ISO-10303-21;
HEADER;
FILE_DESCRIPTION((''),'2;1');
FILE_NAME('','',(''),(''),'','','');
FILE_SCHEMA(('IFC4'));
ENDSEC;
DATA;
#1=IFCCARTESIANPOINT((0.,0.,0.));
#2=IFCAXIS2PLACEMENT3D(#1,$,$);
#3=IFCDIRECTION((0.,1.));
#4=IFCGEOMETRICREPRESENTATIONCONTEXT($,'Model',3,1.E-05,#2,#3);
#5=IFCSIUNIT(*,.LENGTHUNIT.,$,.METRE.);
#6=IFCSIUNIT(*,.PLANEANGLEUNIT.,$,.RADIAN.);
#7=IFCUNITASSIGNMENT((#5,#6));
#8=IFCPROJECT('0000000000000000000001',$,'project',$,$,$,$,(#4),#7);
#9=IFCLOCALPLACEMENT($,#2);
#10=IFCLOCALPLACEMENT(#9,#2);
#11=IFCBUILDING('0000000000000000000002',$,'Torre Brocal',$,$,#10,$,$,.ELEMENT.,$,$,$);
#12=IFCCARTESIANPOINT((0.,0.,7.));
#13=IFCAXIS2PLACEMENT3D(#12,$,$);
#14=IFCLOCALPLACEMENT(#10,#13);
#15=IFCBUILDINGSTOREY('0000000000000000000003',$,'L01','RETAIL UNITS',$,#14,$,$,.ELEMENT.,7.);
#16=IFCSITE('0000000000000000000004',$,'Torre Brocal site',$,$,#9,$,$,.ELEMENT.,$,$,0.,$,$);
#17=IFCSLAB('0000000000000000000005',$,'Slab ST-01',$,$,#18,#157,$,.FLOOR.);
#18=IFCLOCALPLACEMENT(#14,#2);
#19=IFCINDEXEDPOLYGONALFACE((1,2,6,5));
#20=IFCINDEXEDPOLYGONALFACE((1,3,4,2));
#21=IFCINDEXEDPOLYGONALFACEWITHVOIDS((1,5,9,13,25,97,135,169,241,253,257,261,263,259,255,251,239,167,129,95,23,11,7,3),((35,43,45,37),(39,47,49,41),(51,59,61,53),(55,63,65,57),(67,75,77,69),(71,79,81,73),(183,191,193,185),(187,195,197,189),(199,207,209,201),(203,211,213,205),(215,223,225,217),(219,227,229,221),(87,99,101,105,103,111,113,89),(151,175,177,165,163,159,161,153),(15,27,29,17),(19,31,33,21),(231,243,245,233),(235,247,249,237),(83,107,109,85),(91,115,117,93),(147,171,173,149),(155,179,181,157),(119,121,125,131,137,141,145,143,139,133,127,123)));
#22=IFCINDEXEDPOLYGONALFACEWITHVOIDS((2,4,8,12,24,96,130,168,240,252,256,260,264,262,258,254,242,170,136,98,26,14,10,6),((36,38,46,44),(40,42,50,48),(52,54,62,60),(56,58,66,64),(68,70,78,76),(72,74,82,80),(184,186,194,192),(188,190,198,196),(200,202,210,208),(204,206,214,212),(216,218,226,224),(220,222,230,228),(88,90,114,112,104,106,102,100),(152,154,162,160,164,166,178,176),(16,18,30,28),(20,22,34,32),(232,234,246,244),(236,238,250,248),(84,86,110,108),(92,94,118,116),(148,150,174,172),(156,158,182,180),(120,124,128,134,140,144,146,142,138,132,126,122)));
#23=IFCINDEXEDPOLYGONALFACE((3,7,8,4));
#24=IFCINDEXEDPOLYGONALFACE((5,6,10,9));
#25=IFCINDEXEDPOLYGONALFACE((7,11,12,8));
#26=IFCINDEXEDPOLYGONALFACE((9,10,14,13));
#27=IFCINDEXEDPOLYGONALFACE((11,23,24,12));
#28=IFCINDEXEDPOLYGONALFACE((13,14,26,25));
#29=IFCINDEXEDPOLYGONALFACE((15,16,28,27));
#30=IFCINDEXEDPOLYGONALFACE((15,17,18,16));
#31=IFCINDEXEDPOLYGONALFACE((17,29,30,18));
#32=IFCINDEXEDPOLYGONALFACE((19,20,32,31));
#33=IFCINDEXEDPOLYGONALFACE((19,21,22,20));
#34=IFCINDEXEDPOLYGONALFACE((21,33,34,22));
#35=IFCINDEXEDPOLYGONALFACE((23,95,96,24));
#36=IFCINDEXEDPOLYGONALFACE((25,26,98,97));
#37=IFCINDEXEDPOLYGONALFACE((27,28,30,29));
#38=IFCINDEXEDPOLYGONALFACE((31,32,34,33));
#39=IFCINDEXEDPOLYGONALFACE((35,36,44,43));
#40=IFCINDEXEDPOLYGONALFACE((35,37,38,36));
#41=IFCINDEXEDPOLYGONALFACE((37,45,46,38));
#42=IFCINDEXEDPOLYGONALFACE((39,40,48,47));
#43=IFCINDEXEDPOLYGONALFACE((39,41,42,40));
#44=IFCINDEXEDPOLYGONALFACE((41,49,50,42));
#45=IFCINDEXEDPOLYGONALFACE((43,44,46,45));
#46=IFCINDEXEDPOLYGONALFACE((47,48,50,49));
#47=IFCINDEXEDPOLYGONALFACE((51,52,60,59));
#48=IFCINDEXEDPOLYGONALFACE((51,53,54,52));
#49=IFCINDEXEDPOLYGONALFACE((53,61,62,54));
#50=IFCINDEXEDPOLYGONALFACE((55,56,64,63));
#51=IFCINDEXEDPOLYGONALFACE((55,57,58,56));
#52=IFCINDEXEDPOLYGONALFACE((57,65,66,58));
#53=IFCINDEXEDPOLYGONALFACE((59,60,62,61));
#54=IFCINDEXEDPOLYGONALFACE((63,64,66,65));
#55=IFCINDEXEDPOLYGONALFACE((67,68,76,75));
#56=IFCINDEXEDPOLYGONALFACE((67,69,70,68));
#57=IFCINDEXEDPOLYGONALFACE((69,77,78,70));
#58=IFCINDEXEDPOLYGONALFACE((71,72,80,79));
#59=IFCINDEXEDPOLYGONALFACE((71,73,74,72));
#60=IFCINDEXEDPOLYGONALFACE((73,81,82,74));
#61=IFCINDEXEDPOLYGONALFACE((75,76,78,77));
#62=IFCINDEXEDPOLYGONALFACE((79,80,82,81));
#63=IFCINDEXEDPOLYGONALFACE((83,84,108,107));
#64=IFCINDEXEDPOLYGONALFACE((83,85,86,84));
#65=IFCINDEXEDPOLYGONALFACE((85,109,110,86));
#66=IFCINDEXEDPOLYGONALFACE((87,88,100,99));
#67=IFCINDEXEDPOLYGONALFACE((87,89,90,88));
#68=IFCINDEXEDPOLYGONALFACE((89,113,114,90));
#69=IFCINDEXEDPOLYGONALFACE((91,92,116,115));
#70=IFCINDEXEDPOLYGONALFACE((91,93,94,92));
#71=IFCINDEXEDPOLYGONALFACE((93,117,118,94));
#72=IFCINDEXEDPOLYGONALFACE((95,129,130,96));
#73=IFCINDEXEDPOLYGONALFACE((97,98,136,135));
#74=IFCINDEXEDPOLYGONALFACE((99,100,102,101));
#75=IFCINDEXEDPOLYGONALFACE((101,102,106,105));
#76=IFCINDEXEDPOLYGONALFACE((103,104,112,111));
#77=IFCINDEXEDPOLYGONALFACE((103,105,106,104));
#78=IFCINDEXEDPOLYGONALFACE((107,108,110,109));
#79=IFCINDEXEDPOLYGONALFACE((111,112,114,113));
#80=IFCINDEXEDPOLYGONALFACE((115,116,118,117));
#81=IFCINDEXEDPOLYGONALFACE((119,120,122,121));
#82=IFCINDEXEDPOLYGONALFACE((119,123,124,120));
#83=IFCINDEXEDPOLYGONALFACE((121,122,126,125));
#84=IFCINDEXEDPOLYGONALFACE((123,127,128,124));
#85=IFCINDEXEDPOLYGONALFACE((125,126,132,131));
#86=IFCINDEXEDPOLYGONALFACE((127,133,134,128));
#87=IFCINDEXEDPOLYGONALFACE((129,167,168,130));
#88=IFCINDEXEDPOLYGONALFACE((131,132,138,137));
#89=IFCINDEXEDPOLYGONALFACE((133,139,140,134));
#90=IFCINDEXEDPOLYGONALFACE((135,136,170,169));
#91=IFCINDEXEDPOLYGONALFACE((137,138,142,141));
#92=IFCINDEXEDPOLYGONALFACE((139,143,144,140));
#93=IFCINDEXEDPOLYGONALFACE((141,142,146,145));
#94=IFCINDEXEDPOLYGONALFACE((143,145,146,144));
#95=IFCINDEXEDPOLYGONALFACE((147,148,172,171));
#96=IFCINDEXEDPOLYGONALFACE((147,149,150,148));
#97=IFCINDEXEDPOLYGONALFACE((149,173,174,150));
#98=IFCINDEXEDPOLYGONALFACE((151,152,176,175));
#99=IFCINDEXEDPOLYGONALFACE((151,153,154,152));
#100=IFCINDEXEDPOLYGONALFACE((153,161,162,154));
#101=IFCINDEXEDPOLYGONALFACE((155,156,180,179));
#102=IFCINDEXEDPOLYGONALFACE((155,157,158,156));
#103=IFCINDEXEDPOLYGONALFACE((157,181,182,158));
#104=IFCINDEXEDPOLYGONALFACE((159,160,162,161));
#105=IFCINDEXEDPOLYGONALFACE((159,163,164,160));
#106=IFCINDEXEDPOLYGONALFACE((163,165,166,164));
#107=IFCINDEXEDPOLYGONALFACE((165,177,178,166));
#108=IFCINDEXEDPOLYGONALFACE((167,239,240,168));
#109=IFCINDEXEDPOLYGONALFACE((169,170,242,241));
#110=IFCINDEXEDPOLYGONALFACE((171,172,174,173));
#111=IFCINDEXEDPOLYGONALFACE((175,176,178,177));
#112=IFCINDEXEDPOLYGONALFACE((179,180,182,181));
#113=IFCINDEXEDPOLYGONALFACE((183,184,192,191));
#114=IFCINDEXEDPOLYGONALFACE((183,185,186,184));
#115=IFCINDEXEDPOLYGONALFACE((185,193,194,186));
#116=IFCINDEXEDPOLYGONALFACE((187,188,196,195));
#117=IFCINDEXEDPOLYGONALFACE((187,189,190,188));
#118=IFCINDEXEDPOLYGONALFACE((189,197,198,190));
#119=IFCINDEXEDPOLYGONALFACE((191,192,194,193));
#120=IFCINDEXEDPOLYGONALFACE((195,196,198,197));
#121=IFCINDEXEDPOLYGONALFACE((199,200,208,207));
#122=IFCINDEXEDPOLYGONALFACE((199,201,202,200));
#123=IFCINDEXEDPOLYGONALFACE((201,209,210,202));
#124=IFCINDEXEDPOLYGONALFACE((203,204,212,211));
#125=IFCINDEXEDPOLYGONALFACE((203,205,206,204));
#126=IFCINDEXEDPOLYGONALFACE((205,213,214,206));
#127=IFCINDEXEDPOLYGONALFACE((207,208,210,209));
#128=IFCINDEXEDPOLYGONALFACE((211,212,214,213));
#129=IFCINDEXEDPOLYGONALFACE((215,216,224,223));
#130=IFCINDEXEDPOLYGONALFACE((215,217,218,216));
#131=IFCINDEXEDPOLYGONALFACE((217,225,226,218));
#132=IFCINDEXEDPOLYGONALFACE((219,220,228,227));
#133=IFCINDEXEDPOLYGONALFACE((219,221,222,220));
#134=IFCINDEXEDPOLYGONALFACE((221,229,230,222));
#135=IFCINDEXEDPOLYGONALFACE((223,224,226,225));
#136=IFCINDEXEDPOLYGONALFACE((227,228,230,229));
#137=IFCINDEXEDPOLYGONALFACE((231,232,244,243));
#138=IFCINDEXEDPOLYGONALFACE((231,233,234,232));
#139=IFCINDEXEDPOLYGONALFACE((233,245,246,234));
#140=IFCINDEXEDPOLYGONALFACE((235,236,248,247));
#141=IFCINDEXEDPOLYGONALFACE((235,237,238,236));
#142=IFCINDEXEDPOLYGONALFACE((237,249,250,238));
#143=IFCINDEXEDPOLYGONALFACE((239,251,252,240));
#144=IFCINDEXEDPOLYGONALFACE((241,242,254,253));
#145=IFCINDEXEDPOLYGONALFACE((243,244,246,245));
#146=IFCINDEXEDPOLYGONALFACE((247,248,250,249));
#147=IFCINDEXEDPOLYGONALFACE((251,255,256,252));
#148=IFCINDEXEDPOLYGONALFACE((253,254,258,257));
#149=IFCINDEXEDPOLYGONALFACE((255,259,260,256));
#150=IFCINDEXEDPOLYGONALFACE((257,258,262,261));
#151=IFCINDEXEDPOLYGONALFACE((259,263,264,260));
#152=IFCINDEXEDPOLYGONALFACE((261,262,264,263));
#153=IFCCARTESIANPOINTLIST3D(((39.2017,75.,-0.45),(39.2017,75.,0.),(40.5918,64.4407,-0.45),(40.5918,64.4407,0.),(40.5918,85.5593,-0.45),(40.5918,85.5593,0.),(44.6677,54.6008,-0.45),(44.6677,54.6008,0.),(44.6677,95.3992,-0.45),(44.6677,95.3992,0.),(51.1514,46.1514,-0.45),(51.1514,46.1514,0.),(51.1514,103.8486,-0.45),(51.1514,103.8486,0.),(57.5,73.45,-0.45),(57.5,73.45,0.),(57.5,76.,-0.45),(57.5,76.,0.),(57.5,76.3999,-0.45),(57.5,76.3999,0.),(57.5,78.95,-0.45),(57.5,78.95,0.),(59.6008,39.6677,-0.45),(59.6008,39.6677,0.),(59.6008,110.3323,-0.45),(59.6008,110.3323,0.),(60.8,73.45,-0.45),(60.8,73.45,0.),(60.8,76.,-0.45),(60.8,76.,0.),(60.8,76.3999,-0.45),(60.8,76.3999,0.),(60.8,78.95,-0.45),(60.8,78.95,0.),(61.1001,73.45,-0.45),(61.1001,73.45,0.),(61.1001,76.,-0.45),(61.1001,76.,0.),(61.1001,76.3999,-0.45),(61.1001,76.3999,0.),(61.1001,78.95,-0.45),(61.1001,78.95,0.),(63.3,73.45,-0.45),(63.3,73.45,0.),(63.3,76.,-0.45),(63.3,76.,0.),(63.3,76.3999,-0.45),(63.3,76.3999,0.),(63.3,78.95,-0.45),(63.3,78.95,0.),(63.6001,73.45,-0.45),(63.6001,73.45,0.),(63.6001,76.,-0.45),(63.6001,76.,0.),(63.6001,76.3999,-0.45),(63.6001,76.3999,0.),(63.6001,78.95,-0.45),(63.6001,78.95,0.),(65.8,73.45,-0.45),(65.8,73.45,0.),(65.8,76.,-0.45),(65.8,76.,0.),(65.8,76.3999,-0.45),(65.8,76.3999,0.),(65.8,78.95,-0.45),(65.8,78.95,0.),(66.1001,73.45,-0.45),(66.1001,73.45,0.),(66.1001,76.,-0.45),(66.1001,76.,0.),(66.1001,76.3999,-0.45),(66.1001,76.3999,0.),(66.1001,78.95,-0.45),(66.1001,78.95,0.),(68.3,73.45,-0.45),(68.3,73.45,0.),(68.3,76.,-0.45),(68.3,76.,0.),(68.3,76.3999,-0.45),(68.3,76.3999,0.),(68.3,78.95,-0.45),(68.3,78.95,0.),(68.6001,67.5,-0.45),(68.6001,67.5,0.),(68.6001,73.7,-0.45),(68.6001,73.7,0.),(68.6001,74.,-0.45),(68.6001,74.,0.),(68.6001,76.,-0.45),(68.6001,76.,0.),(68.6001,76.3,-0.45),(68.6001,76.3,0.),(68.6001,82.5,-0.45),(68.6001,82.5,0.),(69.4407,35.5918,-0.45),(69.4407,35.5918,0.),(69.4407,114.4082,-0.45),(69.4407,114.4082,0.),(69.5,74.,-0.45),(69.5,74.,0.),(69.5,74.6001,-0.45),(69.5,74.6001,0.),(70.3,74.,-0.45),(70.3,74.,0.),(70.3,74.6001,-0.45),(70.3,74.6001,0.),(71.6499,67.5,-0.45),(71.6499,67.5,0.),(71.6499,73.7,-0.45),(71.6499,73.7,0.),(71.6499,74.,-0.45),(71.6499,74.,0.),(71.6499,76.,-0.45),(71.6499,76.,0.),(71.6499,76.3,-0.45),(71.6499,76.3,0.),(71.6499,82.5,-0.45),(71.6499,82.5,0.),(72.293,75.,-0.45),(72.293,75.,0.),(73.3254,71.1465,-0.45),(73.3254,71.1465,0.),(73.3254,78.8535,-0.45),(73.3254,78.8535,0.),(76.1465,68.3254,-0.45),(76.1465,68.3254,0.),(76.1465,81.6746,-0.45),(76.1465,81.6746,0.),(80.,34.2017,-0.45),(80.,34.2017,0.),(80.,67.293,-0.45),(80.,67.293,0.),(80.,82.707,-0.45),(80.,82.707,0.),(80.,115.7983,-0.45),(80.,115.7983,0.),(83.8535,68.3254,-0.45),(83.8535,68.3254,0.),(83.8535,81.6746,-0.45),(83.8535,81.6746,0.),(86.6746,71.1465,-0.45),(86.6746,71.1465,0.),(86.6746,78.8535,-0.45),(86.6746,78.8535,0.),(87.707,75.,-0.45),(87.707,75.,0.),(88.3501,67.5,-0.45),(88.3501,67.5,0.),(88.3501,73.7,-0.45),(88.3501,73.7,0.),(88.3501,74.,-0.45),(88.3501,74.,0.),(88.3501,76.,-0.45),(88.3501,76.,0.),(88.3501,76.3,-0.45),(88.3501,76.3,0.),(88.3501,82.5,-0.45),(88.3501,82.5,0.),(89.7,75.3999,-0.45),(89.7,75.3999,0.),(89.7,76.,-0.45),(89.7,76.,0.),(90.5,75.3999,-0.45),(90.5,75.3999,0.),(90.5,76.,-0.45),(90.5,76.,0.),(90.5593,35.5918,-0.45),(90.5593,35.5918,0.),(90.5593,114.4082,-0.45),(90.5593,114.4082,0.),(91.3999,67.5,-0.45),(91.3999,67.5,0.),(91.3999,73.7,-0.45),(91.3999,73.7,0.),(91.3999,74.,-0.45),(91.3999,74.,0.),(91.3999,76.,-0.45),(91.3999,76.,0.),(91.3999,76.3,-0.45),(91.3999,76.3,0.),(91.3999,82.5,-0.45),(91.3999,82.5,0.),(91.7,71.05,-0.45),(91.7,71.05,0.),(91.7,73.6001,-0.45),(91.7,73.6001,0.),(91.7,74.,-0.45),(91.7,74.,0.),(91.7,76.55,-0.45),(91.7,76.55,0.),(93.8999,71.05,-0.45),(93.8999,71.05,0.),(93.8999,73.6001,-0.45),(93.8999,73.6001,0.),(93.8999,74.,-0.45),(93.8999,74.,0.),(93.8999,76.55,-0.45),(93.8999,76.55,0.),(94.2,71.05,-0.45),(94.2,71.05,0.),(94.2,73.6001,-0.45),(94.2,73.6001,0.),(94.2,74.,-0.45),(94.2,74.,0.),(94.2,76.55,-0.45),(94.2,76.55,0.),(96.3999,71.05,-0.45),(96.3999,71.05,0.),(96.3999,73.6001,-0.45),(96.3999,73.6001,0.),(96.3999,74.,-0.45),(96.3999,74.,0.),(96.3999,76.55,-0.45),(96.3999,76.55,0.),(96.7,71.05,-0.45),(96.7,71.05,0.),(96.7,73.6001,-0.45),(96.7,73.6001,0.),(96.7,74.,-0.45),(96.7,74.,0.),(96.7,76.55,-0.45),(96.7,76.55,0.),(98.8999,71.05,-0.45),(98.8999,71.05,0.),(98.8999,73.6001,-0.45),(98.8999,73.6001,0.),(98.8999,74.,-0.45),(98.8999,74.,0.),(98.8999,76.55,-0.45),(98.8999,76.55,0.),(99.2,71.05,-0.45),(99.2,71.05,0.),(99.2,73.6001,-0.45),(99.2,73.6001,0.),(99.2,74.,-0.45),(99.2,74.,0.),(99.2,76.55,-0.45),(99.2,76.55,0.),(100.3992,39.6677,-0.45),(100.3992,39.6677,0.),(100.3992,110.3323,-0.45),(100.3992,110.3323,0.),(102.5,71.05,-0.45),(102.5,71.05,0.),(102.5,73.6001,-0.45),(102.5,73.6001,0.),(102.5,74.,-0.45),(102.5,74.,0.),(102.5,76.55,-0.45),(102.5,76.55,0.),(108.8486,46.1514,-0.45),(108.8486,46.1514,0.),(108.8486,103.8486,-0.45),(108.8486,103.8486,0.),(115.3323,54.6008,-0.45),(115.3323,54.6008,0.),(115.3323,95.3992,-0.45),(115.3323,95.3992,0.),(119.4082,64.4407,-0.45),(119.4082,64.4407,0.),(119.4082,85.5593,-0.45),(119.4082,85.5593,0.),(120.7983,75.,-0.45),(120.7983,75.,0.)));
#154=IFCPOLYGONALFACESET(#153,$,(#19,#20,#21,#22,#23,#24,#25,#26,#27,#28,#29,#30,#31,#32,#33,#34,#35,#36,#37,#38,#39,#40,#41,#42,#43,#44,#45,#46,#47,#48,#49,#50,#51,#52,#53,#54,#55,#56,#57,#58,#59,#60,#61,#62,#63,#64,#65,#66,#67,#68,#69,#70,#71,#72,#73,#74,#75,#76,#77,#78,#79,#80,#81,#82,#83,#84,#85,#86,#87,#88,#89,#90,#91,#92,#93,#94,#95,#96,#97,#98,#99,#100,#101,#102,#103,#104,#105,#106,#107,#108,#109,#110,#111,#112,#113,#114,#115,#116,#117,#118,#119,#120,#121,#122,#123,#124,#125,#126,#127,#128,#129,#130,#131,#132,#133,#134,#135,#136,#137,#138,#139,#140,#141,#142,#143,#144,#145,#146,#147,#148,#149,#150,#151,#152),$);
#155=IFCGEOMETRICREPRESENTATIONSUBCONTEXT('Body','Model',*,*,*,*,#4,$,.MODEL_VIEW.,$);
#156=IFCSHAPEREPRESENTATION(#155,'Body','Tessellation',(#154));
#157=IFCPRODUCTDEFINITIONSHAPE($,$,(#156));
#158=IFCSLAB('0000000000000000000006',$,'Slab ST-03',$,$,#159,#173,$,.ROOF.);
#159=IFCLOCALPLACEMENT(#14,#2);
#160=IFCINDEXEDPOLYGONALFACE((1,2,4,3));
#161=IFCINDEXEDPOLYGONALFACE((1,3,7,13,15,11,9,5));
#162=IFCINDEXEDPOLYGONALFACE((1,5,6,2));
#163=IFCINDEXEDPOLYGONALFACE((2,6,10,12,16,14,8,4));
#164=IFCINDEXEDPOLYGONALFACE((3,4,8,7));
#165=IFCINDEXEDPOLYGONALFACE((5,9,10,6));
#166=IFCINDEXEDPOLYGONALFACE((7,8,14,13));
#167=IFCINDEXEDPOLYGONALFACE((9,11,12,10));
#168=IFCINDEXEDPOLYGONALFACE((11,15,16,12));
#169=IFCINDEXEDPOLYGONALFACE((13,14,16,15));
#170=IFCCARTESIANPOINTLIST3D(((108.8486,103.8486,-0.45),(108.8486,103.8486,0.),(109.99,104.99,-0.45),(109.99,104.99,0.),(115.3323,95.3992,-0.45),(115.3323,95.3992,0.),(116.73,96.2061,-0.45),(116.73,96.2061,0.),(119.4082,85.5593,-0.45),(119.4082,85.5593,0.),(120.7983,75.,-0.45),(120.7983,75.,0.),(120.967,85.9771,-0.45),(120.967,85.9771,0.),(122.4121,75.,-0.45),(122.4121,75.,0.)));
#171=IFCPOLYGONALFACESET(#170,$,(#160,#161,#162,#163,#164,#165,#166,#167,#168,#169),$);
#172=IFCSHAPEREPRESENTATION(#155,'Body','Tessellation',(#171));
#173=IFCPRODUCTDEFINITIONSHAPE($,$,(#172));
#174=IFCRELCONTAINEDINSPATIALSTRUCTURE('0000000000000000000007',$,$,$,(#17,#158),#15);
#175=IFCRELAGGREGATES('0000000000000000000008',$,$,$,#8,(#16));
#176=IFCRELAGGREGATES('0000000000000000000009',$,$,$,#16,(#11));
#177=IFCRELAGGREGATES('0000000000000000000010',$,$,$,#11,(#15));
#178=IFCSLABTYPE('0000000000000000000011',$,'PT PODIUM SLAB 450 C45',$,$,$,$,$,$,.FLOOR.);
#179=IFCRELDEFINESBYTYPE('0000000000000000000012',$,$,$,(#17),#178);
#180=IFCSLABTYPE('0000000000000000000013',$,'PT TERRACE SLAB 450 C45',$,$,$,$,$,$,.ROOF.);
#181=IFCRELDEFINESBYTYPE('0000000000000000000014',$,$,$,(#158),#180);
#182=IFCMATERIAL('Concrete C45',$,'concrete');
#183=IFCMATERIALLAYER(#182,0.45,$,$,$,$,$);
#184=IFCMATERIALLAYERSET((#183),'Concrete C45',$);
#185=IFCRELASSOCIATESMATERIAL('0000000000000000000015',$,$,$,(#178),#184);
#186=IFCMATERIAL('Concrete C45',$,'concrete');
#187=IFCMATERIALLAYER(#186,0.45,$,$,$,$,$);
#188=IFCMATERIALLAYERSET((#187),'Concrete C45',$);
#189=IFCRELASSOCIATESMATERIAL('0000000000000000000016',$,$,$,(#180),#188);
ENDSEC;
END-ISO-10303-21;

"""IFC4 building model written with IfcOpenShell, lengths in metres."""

from ifc_helpers import new_model, si_unit, direction, frame, origin, place, context, subcontext, project, spatial, polyline, outline, extrude, material, layer, layer_set, type_object, element, save


model = new_model("IFC4")

# Units and contexts
model_context = context("Model", 3, precision=1e-05, world=origin(), true_north=direction((0.0, 1.0)))
body_context = subcontext(model_context, "Body", "Model", "MODEL_VIEW")
ifc_project = project(units=[si_unit("LENGTHUNIT", "METRE"), si_unit("PLANEANGLEUNIT", "RADIAN")], contexts=[model_context])

# Site, building, storey
site_placement = place(None, origin())
site = spatial("IfcSite", under=ifc_project, at=site_placement, Name="Torre Brocal site", CompositionType="ELEMENT", RefElevation=0.0)
building_placement = place(site_placement, origin())
building = spatial("IfcBuilding", under=site, at=building_placement, Name="Torre Brocal", CompositionType="ELEMENT")
storey_placement = place(building_placement, frame((0.0, 0.0, 7.0)))
storey = spatial("IfcBuildingStorey", under=building, at=storey_placement, Name="L01", Description="RETAIL UNITS", CompositionType="ELEMENT", Elevation=7.0)

# Slabs
ifc_material_1 = material(Name="Concrete C45", Category="concrete")
ifc_layer_1 = layer(ifc_material_1, 0.45)
ifc_layer_set_1 = layer_set([ifc_layer_1], Name="Concrete C45")
slab_type_1 = type_object("IfcSlabType", Name="PT PODIUM SLAB 450 C45", PredefinedType="FLOOR", material=ifc_layer_set_1)
slab_1_placement = place(storey_placement, frame((0.0, 0.0, -0.45)))
element("IfcSlab", 1, at=slab_1_placement, inside=storey, type_object=slab_type_1, Name="Slab ST-01", PredefinedType="FLOOR", context=body_context, shape_type="SweptSolid", body=[
    extrude(outline(polyline([(108.8486, 46.1514), (100.3992, 39.6677), (90.5593, 35.5918), (80.0, 34.2017), (69.4407, 35.5918), (59.6008, 39.6677), (51.1514, 46.1514), (44.6677, 54.6008), (40.5918, 64.4407), (39.2017, 75.0), (40.5918, 85.5593), (44.6677, 95.3992), (51.1514, 103.8486), (59.6008, 110.3323), (69.4407, 114.4082), (80.0, 115.7983), (90.5593, 114.4082), (100.3992, 110.3323), (108.8486, 103.8486), (115.3323, 95.3992), (119.4082, 85.5593), (120.7983, 75.0), (119.4082, 64.4407), (115.3323, 54.6008), (108.8486, 46.1514)]), holes=[polyline([(102.5, 74.0), (102.5, 76.55), (99.2, 76.55), (99.2, 74.0), (102.5, 74.0)]), polyline([(102.5, 71.05), (102.5, 73.6001), (99.2, 73.6001), (99.2, 71.05), (102.5, 71.05)]), polyline([(98.8999, 76.55), (96.7, 76.55), (96.7, 74.0), (98.8999, 74.0), (98.8999, 76.55)]), polyline([(98.8999, 71.05), (98.8999, 73.6001), (96.7, 73.6001), (96.7, 71.05), (98.8999, 71.05)]), polyline([(96.3999, 73.6001), (94.2, 73.6001), (94.2, 71.05), (96.3999, 71.05), (96.3999, 73.6001)]), polyline([(96.3999, 74.0), (96.3999, 76.55), (94.2, 76.55), (94.2, 74.0), (96.3999, 74.0)]), polyline([(93.8999, 73.6001), (91.7, 73.6001), (91.7, 71.05), (93.8999, 71.05), (93.8999, 73.6001)]), polyline([(93.8999, 74.0), (93.8999, 76.55), (91.7, 76.55), (91.7, 74.0), (93.8999, 74.0)]), polyline([(91.3999, 76.3), (91.3999, 82.5), (88.3501, 82.5), (88.3501, 76.3), (91.3999, 76.3)]), polyline([(91.3999, 73.7), (88.3501, 73.7), (88.3501, 67.5), (91.3999, 67.5), (91.3999, 73.7)]), polyline([(89.7, 76.0), (88.3501, 76.0), (88.3501, 74.0), (91.3999, 74.0), (91.3999, 76.0), (90.5, 76.0), (90.5, 75.3999), (89.7, 75.3999), (89.7, 76.0)]), polyline([(80.0, 82.707), (76.1465, 81.6746), (73.3254, 78.8535), (72.293, 75.0), (73.3254, 71.1465), (76.1465, 68.3254), (80.0, 67.293), (83.8535, 68.3254), (86.6746, 71.1465), (87.707, 75.0), (86.6746, 78.8535), (83.8535, 81.6746), (80.0, 82.707)]), polyline([(68.6001, 82.5), (68.6001, 76.3), (71.6499, 76.3), (71.6499, 82.5), (68.6001, 82.5)]), polyline([(70.3, 74.0), (71.6499, 74.0), (71.6499, 76.0), (68.6001, 76.0), (68.6001, 74.0), (69.5, 74.0), (69.5, 74.6001), (70.3, 74.6001), (70.3, 74.0)]), polyline([(68.6001, 67.5), (71.6499, 67.5), (71.6499, 73.7), (68.6001, 73.7), (68.6001, 67.5)]), polyline([(66.1001, 78.95), (66.1001, 76.3999), (68.3, 76.3999), (68.3, 78.95), (66.1001, 78.95)]), polyline([(66.1001, 76.0), (66.1001, 73.45), (68.3, 73.45), (68.3, 76.0), (66.1001, 76.0)]), polyline([(63.6001, 76.0), (63.6001, 73.45), (65.8, 73.45), (65.8, 76.0), (63.6001, 76.0)]), polyline([(63.6001, 76.3999), (65.8, 76.3999), (65.8, 78.95), (63.6001, 78.95), (63.6001, 76.3999)]), polyline([(61.1001, 78.95), (61.1001, 76.3999), (63.3, 76.3999), (63.3, 78.95), (61.1001, 78.95)]), polyline([(61.1001, 73.45), (63.3, 73.45), (63.3, 76.0), (61.1001, 76.0), (61.1001, 73.45)]), polyline([(57.5, 73.45), (60.8, 73.45), (60.8, 76.0), (57.5, 76.0), (57.5, 73.45)]), polyline([(57.5, 78.95), (57.5, 76.3999), (60.8, 76.3999), (60.8, 78.95), (57.5, 78.95)])]), origin(), (0.0, 0.0, 1.0), 0.45),
])
ifc_material_2 = material(Name="Concrete C45", Category="concrete")
ifc_layer_2 = layer(ifc_material_2, 0.45)
ifc_layer_set_2 = layer_set([ifc_layer_2], Name="Concrete C45")
slab_type_2 = type_object("IfcSlabType", Name="PT TERRACE SLAB 450 C45", PredefinedType="ROOF", material=ifc_layer_set_2)
slab_2_placement = place(storey_placement, frame((0.0, 0.0, -0.45)))
element("IfcSlab", 2, at=slab_2_placement, inside=storey, type_object=slab_type_2, Name="Slab ST-03", PredefinedType="ROOF", context=body_context, shape_type="SweptSolid", body=[
    extrude(outline(polyline([(119.4082, 85.5593), (115.3323, 95.3992), (108.8486, 103.8486), (109.99, 104.99), (116.73, 96.2061), (120.967, 85.9771), (122.4121, 75.0), (120.7983, 75.0), (119.4082, 85.5593)])), origin(), (0.0, 0.0, 1.0), 0.45),
])

save(model, "model.ifc")
